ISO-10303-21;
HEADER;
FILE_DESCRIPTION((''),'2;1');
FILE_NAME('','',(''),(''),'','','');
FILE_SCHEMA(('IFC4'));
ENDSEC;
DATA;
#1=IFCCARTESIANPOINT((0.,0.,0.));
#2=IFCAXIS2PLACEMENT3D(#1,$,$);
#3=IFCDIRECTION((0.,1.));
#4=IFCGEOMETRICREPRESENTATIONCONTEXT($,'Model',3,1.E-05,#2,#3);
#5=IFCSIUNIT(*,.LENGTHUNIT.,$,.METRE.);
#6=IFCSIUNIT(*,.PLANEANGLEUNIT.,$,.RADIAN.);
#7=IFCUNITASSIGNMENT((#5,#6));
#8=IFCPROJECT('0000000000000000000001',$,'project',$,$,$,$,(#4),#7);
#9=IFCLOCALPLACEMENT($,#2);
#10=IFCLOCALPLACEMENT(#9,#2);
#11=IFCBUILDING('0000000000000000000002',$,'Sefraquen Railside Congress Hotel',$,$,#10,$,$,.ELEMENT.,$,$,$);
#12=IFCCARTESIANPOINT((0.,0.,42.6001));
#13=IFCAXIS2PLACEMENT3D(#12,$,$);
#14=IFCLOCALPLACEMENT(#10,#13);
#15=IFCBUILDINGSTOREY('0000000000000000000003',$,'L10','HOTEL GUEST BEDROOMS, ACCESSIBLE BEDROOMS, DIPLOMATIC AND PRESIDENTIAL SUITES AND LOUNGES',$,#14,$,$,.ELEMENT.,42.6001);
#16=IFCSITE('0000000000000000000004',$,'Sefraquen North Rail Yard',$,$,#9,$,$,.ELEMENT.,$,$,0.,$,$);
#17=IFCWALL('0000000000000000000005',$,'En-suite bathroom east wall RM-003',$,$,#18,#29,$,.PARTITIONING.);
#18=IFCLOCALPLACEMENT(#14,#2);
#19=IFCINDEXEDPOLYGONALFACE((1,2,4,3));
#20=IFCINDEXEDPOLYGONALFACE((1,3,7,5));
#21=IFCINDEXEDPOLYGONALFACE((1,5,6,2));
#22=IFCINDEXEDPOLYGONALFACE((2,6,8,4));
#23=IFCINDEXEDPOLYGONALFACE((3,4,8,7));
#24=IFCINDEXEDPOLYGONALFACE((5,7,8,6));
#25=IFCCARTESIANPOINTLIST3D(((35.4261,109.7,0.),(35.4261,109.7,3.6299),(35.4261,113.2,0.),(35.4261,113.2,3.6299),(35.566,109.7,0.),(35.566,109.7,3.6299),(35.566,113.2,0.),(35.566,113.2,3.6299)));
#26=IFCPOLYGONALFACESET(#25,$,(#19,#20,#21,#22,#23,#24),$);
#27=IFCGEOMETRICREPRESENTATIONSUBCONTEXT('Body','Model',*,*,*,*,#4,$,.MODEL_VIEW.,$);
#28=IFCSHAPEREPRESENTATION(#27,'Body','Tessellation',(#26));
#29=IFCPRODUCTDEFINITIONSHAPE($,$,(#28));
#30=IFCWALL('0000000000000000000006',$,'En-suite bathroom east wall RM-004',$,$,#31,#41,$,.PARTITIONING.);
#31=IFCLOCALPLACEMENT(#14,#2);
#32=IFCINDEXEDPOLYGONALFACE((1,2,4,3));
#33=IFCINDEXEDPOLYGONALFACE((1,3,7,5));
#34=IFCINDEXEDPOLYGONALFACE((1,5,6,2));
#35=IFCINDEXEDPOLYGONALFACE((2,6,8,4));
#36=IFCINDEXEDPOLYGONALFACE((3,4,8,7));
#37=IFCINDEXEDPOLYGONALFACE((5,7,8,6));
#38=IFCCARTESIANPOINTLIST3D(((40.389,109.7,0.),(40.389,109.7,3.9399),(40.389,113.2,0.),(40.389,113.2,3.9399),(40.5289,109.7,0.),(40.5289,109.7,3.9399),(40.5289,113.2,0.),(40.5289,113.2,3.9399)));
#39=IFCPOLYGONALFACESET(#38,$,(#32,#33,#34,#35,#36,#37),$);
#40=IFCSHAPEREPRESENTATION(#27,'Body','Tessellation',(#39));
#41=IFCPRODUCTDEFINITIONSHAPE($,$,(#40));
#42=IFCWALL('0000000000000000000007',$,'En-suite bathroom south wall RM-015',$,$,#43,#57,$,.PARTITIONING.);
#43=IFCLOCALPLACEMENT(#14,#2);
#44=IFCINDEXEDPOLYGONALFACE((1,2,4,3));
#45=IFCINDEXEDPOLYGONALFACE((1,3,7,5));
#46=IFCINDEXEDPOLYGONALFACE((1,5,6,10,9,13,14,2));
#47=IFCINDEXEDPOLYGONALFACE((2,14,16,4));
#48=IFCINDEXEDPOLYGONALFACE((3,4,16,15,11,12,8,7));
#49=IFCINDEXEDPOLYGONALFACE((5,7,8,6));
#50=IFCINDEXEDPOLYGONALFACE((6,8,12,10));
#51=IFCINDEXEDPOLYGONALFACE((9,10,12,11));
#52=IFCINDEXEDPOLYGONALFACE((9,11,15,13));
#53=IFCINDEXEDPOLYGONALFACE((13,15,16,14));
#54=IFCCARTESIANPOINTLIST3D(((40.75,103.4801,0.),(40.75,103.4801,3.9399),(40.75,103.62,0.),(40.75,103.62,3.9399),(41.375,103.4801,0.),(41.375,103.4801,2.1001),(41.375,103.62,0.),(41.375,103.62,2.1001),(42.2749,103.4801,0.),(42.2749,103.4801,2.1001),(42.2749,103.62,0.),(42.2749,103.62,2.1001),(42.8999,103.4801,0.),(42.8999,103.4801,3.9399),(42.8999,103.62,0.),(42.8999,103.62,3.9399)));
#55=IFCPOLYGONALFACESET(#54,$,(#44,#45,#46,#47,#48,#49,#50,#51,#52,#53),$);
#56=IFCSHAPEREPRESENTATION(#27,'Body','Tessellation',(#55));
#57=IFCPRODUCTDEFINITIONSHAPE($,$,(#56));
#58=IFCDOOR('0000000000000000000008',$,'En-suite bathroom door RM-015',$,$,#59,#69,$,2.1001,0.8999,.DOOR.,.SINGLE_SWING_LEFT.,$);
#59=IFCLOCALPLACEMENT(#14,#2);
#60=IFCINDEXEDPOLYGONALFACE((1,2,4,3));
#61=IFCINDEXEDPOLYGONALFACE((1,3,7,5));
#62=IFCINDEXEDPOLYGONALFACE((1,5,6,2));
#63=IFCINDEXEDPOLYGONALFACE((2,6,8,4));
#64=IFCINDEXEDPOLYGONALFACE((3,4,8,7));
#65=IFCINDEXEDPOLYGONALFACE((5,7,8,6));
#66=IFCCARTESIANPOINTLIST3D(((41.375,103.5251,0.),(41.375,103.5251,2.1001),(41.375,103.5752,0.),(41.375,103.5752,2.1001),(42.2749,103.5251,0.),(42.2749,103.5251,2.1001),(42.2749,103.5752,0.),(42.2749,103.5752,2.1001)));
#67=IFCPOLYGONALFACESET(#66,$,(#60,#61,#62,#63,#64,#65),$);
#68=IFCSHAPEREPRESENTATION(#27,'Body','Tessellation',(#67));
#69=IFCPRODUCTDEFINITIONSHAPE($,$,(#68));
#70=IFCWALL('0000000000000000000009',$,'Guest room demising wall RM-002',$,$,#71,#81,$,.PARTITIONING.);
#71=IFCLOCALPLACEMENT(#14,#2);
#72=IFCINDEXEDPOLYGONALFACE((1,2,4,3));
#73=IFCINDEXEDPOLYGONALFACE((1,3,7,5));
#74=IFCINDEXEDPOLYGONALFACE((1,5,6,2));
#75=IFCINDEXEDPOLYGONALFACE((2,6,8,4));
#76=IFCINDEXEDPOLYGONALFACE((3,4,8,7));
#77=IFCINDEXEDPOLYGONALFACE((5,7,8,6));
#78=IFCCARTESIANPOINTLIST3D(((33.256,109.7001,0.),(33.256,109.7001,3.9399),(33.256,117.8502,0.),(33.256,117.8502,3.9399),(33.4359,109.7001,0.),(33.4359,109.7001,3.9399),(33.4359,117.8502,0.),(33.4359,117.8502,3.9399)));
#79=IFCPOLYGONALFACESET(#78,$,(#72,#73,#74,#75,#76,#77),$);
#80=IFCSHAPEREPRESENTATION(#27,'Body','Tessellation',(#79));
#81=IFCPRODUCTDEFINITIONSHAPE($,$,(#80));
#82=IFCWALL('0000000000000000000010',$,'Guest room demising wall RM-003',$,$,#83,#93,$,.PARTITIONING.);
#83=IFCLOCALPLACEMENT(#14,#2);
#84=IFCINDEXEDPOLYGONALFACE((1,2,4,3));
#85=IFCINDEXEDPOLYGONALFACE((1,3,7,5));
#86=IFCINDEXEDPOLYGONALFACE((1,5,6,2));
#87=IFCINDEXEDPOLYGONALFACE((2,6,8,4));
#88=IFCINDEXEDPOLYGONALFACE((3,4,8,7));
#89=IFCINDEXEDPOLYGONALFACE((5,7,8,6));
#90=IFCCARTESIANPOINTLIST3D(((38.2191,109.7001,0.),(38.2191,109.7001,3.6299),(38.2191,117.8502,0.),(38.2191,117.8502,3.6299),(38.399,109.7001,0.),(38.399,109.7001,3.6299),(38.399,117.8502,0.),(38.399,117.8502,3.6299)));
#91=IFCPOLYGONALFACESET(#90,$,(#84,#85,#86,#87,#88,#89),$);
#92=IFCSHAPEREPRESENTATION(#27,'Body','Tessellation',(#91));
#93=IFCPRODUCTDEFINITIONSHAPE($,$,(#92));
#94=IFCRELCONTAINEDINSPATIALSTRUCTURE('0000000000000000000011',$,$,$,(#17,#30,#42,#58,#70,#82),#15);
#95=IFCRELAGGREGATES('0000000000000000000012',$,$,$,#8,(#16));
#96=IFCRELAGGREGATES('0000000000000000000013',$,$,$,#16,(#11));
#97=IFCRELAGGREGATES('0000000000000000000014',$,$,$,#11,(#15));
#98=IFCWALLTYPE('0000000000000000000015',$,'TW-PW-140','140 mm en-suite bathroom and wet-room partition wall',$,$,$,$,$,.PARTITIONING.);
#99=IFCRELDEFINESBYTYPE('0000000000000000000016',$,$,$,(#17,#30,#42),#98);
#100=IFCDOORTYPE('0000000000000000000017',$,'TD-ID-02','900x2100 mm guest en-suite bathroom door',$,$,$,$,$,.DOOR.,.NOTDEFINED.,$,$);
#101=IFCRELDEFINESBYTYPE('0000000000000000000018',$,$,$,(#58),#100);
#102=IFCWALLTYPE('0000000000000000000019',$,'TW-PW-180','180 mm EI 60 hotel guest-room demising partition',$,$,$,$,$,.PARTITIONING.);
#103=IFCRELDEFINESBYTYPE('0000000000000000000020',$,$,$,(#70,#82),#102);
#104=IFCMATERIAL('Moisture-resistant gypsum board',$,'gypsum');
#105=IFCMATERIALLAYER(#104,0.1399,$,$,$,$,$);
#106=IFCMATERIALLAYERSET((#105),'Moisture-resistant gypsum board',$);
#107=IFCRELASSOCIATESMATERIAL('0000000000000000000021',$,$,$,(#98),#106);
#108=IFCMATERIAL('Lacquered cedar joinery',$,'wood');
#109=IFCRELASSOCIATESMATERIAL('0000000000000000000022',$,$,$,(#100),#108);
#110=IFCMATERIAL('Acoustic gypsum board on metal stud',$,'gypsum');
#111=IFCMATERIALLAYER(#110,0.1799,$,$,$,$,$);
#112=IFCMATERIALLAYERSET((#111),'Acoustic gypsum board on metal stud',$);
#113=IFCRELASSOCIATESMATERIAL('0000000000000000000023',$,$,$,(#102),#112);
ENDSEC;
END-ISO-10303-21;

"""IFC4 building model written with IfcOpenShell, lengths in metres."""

from ifc_helpers import new_model, si_unit, direction, frame, frame_2d, origin, place, context, subcontext, project, spatial, rectangle, extrude, material, layer, layer_set, type_object, element, fill, save


model = new_model("IFC4")

# Units and contexts
model_context = context("Model", 3, precision=1e-05, world=origin(), true_north=direction((0.0, 1.0)))
body_context = subcontext(model_context, "Body", "Model", "MODEL_VIEW")
ifc_project = project(units=[si_unit("LENGTHUNIT", "METRE"), si_unit("PLANEANGLEUNIT", "RADIAN")], contexts=[model_context])

# Site, building, storey
site_placement = place(None, origin())
site = spatial("IfcSite", under=ifc_project, at=site_placement, Name="Sefraquen North Rail Yard", CompositionType="ELEMENT", RefElevation=0.0)
building_placement = place(site_placement, origin())
building = spatial("IfcBuilding", under=site, at=building_placement, Name="Sefraquen Railside Congress Hotel", CompositionType="ELEMENT")
storey_placement = place(building_placement, frame((0.0, 0.0, 42.6001)))
storey = spatial("IfcBuildingStorey", under=building, at=storey_placement, Name="L10", Description="HOTEL GUEST BEDROOMS, ACCESSIBLE BEDROOMS, DIPLOMATIC AND PRESIDENTIAL SUITES AND LOUNGES", CompositionType="ELEMENT", Elevation=42.6001)

# Wall
ifc_material_1 = material(Name="Moisture-resistant gypsum board", Category="gypsum")
ifc_layer_1 = layer(ifc_material_1, 0.1399)
ifc_layer_set_1 = layer_set([ifc_layer_1], Name="Moisture-resistant gypsum board")
wall_type_1 = type_object("IfcWallType", Name="TW-PW-140", Description="140 mm en-suite bathroom and wet-room partition wall", PredefinedType="PARTITIONING", material=ifc_layer_set_1)
wall_1_placement = place(storey_placement, frame((35.4961, 109.7, 0.0), z_axis=(0.0, 0.0, 1.0), x_axis=(0.0, 1.0, 0.0)))
element("IfcWall", 1, at=wall_1_placement, inside=storey, type_object=wall_type_1, Name="En-suite bathroom east wall RM-003", PredefinedType="PARTITIONING", context=body_context, shape_type="SweptSolid", body=[
    extrude(rectangle(XDim=3.5, YDim=0.1399, at=frame_2d((1.75, 0.0))), origin(), (0.0, 0.0, 1.0), 3.6299),
])

# Shared definitions
ifc_material_2 = material(Name="Lacquered cedar joinery", Category="wood")

# Wall
wall_2_placement = place(storey_placement, frame((40.459, 109.7, 0.0), z_axis=(0.0, 0.0, 1.0), x_axis=(0.0, 1.0, 0.0)))
element("IfcWall", 2, at=wall_2_placement, inside=storey, type_object=wall_type_1, Name="En-suite bathroom east wall RM-004", PredefinedType="PARTITIONING", context=body_context, shape_type="SweptSolid", body=[
    extrude(rectangle(XDim=3.5, YDim=0.1399, at=frame_2d((1.75, 0.0))), origin(), (0.0, 0.0, 1.0), 3.9399),
])

# Wall, opening, door
wall_3_placement = place(storey_placement, frame((40.75, 103.55, 0.0), z_axis=(0.0, 0.0, 1.0), x_axis=(1.0, 0.0, 0.0)))
wall_3 = element("IfcWall", 3, at=wall_3_placement, inside=storey, type_object=wall_type_1, Name="En-suite bathroom south wall RM-015", PredefinedType="PARTITIONING", context=body_context, shape_type="SweptSolid", body=[
    extrude(rectangle(XDim=2.1499, YDim=0.1399, at=frame_2d((1.075, 0.0))), origin(), (0.0, 0.0, 1.0), 3.9399),
])
opening_1_placement = place(wall_3_placement, frame((0.625, 0.0, 0.0)))
opening_1 = element("IfcOpeningElement", 4, at=opening_1_placement, cuts=wall_3, PredefinedType="OPENING", context=body_context, shape_type="SweptSolid", body=[
    extrude(rectangle(XDim=0.8999, YDim=2.1001, at=frame_2d((0.45, 1.05))), frame((0.0, 0.0798, 0.0), z_axis=(0.0, -1.0, 0.0), x_axis=(1.0, 0.0, 0.0)), (0.0, 0.0, 1.0), 0.1599),
])
door_type_1 = type_object("IfcDoorType", Name="TD-ID-02", Description="900x2100 mm guest en-suite bathroom door", OperationType="NOTDEFINED", PredefinedType="DOOR", material=ifc_material_2)
door_1_placement = place(opening_1_placement, frame((0.8999, 0.0, 0.0), z_axis=(0.0, 0.0, 1.0), x_axis=(-1.0, 0.0, 0.0)))
door_1 = element("IfcDoor", 5, at=door_1_placement, inside=storey, type_object=door_type_1, Name="En-suite bathroom door RM-015", OperationType="SINGLE_SWING_LEFT", OverallHeight=2.1001, OverallWidth=0.8999, PredefinedType="DOOR", context=body_context, shape_type="SweptSolid", body=[
    extrude(rectangle(XDim=0.8999, YDim=2.1001, at=frame_2d((0.45, 1.05))), frame((0.0, 0.0249, 0.0), z_axis=(0.0, -1.0, 0.0), x_axis=(1.0, 0.0, 0.0)), (0.0, 0.0, 1.0), 0.05),
])
fill(opening_1, door_1)

# Walls
ifc_material_3 = material(Name="Acoustic gypsum board on metal stud", Category="gypsum")
ifc_layer_2 = layer(ifc_material_3, 0.1799)
ifc_layer_set_2 = layer_set([ifc_layer_2], Name="Acoustic gypsum board on metal stud")
wall_type_2 = type_object("IfcWallType", Name="TW-PW-180", Description="180 mm EI 60 hotel guest-room demising partition", PredefinedType="PARTITIONING", material=ifc_layer_set_2)
wall_4_placement = place(storey_placement, frame((33.3459, 109.7, 0.0), z_axis=(0.0, 0.0, 1.0), x_axis=(0.0, 1.0, 0.0)))
element("IfcWall", 6, at=wall_4_placement, inside=storey, type_object=wall_type_2, Name="Guest room demising wall RM-002", PredefinedType="PARTITIONING", context=body_context, shape_type="SweptSolid", body=[
    extrude(rectangle(XDim=8.1501, YDim=0.1799, at=frame_2d((4.0752, 0.0))), origin(), (0.0, 0.0, 1.0), 3.9399),
])
wall_5_placement = place(storey_placement, frame((38.3091, 109.7, 0.0), z_axis=(0.0, 0.0, 1.0), x_axis=(0.0, 1.0, 0.0)))
element("IfcWall", 7, at=wall_5_placement, inside=storey, type_object=wall_type_2, Name="Guest room demising wall RM-003", PredefinedType="PARTITIONING", context=body_context, shape_type="SweptSolid", body=[
    extrude(rectangle(XDim=8.1501, YDim=0.1799, at=frame_2d((4.0752, 0.0))), origin(), (0.0, 0.0, 1.0), 3.6299),
])

save(model, "model.ifc")
